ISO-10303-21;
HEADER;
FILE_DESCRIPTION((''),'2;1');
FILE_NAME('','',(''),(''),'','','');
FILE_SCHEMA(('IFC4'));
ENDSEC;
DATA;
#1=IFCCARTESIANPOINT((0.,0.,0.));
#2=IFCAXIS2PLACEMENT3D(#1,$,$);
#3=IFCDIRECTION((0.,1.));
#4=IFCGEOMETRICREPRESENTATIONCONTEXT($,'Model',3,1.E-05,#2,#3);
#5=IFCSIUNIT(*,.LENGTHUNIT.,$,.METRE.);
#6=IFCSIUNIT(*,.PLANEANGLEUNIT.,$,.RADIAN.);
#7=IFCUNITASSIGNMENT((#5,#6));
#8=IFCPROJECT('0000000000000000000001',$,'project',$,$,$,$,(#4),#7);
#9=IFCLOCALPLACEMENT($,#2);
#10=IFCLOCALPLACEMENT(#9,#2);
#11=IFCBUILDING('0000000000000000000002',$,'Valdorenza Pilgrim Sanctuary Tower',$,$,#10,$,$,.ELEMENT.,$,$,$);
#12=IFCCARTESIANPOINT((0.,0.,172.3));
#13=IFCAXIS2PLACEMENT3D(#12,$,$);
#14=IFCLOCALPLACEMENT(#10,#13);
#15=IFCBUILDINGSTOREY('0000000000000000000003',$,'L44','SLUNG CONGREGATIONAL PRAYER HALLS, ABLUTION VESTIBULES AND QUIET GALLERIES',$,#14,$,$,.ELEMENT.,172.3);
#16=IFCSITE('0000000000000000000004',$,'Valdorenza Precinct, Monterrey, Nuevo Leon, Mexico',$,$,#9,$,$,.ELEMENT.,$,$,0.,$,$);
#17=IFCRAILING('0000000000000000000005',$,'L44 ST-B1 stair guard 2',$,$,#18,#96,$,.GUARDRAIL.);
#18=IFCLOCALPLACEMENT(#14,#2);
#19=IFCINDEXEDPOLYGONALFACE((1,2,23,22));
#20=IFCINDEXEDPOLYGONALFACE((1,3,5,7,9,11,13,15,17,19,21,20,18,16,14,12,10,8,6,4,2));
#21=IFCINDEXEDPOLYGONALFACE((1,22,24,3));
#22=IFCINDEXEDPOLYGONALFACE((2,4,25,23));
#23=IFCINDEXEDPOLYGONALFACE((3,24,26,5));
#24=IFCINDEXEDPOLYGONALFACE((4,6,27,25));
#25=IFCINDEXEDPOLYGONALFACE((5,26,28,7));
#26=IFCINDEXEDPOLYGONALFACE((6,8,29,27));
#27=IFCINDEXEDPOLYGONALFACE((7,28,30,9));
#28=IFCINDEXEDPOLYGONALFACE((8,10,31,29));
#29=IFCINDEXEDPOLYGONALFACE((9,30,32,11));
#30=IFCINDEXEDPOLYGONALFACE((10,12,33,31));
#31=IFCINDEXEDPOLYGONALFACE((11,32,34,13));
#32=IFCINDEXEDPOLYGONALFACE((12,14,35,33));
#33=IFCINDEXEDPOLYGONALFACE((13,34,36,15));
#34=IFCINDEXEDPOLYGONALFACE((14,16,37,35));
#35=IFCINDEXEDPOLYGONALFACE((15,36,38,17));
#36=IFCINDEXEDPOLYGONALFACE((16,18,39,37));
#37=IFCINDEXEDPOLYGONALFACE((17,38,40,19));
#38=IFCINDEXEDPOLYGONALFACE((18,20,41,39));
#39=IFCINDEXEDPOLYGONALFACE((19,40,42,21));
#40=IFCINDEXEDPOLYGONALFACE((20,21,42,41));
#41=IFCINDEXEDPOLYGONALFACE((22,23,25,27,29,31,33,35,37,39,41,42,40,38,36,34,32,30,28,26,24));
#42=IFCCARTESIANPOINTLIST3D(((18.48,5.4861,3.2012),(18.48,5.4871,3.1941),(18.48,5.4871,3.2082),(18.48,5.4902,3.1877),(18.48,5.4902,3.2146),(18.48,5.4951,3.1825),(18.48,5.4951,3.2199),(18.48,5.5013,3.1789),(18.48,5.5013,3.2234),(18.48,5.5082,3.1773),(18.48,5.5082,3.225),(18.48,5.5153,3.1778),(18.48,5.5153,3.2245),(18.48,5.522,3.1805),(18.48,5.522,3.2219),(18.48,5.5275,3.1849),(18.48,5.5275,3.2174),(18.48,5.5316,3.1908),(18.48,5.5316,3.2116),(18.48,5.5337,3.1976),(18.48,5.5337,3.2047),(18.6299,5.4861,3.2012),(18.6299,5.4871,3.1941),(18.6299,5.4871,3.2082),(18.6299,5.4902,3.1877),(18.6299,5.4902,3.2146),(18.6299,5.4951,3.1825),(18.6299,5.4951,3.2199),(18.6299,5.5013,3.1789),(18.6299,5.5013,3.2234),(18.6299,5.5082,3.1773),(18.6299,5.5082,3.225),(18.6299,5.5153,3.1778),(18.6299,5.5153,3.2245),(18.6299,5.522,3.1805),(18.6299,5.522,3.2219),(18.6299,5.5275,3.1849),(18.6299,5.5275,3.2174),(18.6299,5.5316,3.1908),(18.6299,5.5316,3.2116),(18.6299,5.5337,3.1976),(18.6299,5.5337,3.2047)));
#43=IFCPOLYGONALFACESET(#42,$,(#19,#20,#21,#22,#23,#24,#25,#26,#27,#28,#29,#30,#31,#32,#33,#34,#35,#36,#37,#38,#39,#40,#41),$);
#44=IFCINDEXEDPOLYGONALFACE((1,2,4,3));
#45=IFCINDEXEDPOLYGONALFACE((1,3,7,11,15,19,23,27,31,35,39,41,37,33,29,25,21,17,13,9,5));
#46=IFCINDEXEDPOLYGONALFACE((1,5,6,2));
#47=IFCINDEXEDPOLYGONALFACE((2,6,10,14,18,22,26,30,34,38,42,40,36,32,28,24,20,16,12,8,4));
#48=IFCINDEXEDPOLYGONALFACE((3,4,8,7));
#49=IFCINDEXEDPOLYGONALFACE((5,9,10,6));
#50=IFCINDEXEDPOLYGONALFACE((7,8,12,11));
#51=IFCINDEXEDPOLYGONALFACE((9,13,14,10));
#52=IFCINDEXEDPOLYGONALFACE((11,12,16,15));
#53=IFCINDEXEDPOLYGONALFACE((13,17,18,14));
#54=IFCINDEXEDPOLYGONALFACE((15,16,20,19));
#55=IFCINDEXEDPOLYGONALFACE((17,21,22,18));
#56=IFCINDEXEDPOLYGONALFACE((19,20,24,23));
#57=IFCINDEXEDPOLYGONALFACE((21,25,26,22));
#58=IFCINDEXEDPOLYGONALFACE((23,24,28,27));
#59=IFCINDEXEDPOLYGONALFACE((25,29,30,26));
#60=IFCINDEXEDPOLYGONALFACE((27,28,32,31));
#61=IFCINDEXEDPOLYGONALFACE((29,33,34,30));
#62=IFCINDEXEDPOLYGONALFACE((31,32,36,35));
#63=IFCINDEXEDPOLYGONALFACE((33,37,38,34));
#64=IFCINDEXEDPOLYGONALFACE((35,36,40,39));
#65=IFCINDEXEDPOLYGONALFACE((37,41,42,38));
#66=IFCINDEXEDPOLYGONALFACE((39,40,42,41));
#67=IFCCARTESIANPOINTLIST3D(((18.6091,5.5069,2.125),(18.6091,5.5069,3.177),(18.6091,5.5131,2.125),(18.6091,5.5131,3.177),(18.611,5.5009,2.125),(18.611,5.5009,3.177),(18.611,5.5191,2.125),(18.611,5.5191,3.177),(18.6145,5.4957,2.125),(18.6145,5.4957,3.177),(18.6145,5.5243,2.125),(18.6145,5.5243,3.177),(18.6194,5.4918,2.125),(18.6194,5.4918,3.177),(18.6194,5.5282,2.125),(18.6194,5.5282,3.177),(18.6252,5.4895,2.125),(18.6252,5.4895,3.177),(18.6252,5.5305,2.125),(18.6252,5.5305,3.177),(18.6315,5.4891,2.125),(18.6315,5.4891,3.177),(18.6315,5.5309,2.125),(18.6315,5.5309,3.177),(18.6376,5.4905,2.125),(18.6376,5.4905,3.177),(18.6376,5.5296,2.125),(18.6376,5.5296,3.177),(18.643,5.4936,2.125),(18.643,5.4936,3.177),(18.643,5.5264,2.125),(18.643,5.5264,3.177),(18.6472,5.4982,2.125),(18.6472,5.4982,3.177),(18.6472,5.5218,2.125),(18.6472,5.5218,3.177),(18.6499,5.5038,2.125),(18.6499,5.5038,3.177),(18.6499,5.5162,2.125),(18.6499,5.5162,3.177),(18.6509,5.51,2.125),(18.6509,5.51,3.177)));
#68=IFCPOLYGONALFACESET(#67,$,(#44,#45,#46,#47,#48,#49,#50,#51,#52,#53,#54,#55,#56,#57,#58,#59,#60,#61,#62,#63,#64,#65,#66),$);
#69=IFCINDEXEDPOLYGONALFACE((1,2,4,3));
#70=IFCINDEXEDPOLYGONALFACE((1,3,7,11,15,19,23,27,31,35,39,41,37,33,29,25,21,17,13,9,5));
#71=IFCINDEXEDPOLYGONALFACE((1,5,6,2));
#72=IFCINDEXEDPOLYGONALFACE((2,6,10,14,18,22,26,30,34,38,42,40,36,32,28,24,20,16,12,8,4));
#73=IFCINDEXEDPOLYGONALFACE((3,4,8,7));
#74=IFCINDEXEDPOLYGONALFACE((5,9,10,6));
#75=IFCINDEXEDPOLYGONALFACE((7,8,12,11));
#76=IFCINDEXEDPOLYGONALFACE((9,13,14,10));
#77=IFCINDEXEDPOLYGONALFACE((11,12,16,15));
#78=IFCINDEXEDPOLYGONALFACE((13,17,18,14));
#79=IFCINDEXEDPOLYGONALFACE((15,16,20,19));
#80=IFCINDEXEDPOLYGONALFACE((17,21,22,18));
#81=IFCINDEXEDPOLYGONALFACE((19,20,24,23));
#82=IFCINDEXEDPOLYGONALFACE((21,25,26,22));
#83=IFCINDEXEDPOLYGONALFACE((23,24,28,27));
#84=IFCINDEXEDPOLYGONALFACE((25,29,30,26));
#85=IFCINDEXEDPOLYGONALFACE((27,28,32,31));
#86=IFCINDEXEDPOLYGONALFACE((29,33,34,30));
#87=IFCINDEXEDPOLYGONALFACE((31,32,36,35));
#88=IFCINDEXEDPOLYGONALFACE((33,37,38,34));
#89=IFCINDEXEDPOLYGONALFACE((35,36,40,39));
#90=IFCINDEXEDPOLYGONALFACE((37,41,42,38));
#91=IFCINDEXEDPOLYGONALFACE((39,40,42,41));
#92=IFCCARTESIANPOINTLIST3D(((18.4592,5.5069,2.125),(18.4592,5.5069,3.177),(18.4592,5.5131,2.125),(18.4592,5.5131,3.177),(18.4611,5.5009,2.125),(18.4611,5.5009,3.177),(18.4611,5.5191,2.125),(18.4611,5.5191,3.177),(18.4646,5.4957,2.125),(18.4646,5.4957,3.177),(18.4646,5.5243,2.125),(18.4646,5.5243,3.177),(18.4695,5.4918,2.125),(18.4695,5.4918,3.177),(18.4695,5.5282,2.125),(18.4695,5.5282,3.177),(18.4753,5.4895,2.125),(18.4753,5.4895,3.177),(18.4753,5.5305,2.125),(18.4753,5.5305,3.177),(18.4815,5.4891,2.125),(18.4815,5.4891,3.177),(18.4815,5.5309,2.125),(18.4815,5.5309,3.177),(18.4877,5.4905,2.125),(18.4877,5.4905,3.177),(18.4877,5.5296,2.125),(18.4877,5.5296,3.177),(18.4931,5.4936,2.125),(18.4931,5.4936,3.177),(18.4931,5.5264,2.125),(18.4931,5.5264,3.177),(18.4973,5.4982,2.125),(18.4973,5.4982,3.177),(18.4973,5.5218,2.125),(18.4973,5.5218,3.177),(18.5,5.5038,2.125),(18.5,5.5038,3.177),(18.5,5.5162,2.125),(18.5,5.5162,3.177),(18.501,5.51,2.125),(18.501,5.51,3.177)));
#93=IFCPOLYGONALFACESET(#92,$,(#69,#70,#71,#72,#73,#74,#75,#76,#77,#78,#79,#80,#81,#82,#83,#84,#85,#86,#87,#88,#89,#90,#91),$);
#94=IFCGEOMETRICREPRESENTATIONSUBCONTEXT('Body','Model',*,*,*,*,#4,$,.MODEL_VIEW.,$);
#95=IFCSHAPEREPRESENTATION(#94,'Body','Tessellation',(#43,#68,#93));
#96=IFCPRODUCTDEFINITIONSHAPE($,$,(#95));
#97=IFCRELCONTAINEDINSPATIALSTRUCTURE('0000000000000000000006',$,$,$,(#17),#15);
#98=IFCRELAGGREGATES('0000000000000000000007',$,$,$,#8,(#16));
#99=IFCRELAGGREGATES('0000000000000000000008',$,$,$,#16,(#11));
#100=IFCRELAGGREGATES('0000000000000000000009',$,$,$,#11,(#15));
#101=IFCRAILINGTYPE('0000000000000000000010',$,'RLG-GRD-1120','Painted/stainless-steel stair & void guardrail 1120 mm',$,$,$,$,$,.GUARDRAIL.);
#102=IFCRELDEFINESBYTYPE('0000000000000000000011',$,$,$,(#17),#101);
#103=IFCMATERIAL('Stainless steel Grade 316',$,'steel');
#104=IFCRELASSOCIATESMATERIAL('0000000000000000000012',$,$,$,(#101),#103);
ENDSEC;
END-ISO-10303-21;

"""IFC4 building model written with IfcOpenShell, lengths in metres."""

from ifc_helpers import new_model, si_unit, direction, frame, origin, origin_2d, place, context, subcontext, project, spatial, circle, extrude, material, type_object, element, save


model = new_model("IFC4")

# Units and contexts
model_context = context("Model", 3, precision=1e-05, world=origin(), true_north=direction((0.0, 1.0)))
body_context = subcontext(model_context, "Body", "Model", "MODEL_VIEW")
ifc_project = project(units=[si_unit("LENGTHUNIT", "METRE"), si_unit("PLANEANGLEUNIT", "RADIAN")], contexts=[model_context])

# Site, building, storey
site_placement = place(None, origin())
site = spatial("IfcSite", under=ifc_project, at=site_placement, Name="Valdorenza Precinct, Monterrey, Nuevo Leon, Mexico", CompositionType="ELEMENT", RefElevation=0.0)
building_placement = place(site_placement, origin())
building = spatial("IfcBuilding", under=site, at=building_placement, Name="Valdorenza Pilgrim Sanctuary Tower", CompositionType="ELEMENT")
storey_placement = place(building_placement, frame((0.0, 0.0, 172.3)))
storey = spatial("IfcBuildingStorey", under=building, at=storey_placement, Name="L44", Description="SLUNG CONGREGATIONAL PRAYER HALLS, ABLUTION VESTIBULES AND QUIET GALLERIES", CompositionType="ELEMENT", Elevation=172.3)

# Railing
ifc_material_1 = material(Name="Stainless steel Grade 316", Category="steel")
railing_type_1 = type_object("IfcRailingType", Name="RLG-GRD-1120", Description="Painted/stainless-steel stair & void guardrail 1120 mm", PredefinedType="GUARDRAIL", material=ifc_material_1)
railing_1_placement = place(storey_placement, frame((18.6299, 5.51, 2.125)))
element("IfcRailing", 1, at=railing_1_placement, inside=storey, type_object=railing_type_1, Name="L44 ST-B1 stair guard 2", PredefinedType="GUARDRAIL", context=body_context, shape_type="SweptSolid", body=[
    extrude(circle(Radius=0.0239, at=origin_2d()), frame((0.0, 0.0, 1.0762), z_axis=(-1.0, 0.0, 0.0), x_axis=(0.0, -1.0, 0.0)), (0.0, 0.0, 1.0), 0.1499),
    extrude(circle(Radius=0.021, at=origin_2d()), origin(), (0.0, 0.0, 1.0), 1.052),
    extrude(circle(Radius=0.021, at=origin_2d()), frame((-0.1499, 0.0, 0.0)), (0.0, 0.0, 1.0), 1.052),
])

save(model, "model.ifc")
